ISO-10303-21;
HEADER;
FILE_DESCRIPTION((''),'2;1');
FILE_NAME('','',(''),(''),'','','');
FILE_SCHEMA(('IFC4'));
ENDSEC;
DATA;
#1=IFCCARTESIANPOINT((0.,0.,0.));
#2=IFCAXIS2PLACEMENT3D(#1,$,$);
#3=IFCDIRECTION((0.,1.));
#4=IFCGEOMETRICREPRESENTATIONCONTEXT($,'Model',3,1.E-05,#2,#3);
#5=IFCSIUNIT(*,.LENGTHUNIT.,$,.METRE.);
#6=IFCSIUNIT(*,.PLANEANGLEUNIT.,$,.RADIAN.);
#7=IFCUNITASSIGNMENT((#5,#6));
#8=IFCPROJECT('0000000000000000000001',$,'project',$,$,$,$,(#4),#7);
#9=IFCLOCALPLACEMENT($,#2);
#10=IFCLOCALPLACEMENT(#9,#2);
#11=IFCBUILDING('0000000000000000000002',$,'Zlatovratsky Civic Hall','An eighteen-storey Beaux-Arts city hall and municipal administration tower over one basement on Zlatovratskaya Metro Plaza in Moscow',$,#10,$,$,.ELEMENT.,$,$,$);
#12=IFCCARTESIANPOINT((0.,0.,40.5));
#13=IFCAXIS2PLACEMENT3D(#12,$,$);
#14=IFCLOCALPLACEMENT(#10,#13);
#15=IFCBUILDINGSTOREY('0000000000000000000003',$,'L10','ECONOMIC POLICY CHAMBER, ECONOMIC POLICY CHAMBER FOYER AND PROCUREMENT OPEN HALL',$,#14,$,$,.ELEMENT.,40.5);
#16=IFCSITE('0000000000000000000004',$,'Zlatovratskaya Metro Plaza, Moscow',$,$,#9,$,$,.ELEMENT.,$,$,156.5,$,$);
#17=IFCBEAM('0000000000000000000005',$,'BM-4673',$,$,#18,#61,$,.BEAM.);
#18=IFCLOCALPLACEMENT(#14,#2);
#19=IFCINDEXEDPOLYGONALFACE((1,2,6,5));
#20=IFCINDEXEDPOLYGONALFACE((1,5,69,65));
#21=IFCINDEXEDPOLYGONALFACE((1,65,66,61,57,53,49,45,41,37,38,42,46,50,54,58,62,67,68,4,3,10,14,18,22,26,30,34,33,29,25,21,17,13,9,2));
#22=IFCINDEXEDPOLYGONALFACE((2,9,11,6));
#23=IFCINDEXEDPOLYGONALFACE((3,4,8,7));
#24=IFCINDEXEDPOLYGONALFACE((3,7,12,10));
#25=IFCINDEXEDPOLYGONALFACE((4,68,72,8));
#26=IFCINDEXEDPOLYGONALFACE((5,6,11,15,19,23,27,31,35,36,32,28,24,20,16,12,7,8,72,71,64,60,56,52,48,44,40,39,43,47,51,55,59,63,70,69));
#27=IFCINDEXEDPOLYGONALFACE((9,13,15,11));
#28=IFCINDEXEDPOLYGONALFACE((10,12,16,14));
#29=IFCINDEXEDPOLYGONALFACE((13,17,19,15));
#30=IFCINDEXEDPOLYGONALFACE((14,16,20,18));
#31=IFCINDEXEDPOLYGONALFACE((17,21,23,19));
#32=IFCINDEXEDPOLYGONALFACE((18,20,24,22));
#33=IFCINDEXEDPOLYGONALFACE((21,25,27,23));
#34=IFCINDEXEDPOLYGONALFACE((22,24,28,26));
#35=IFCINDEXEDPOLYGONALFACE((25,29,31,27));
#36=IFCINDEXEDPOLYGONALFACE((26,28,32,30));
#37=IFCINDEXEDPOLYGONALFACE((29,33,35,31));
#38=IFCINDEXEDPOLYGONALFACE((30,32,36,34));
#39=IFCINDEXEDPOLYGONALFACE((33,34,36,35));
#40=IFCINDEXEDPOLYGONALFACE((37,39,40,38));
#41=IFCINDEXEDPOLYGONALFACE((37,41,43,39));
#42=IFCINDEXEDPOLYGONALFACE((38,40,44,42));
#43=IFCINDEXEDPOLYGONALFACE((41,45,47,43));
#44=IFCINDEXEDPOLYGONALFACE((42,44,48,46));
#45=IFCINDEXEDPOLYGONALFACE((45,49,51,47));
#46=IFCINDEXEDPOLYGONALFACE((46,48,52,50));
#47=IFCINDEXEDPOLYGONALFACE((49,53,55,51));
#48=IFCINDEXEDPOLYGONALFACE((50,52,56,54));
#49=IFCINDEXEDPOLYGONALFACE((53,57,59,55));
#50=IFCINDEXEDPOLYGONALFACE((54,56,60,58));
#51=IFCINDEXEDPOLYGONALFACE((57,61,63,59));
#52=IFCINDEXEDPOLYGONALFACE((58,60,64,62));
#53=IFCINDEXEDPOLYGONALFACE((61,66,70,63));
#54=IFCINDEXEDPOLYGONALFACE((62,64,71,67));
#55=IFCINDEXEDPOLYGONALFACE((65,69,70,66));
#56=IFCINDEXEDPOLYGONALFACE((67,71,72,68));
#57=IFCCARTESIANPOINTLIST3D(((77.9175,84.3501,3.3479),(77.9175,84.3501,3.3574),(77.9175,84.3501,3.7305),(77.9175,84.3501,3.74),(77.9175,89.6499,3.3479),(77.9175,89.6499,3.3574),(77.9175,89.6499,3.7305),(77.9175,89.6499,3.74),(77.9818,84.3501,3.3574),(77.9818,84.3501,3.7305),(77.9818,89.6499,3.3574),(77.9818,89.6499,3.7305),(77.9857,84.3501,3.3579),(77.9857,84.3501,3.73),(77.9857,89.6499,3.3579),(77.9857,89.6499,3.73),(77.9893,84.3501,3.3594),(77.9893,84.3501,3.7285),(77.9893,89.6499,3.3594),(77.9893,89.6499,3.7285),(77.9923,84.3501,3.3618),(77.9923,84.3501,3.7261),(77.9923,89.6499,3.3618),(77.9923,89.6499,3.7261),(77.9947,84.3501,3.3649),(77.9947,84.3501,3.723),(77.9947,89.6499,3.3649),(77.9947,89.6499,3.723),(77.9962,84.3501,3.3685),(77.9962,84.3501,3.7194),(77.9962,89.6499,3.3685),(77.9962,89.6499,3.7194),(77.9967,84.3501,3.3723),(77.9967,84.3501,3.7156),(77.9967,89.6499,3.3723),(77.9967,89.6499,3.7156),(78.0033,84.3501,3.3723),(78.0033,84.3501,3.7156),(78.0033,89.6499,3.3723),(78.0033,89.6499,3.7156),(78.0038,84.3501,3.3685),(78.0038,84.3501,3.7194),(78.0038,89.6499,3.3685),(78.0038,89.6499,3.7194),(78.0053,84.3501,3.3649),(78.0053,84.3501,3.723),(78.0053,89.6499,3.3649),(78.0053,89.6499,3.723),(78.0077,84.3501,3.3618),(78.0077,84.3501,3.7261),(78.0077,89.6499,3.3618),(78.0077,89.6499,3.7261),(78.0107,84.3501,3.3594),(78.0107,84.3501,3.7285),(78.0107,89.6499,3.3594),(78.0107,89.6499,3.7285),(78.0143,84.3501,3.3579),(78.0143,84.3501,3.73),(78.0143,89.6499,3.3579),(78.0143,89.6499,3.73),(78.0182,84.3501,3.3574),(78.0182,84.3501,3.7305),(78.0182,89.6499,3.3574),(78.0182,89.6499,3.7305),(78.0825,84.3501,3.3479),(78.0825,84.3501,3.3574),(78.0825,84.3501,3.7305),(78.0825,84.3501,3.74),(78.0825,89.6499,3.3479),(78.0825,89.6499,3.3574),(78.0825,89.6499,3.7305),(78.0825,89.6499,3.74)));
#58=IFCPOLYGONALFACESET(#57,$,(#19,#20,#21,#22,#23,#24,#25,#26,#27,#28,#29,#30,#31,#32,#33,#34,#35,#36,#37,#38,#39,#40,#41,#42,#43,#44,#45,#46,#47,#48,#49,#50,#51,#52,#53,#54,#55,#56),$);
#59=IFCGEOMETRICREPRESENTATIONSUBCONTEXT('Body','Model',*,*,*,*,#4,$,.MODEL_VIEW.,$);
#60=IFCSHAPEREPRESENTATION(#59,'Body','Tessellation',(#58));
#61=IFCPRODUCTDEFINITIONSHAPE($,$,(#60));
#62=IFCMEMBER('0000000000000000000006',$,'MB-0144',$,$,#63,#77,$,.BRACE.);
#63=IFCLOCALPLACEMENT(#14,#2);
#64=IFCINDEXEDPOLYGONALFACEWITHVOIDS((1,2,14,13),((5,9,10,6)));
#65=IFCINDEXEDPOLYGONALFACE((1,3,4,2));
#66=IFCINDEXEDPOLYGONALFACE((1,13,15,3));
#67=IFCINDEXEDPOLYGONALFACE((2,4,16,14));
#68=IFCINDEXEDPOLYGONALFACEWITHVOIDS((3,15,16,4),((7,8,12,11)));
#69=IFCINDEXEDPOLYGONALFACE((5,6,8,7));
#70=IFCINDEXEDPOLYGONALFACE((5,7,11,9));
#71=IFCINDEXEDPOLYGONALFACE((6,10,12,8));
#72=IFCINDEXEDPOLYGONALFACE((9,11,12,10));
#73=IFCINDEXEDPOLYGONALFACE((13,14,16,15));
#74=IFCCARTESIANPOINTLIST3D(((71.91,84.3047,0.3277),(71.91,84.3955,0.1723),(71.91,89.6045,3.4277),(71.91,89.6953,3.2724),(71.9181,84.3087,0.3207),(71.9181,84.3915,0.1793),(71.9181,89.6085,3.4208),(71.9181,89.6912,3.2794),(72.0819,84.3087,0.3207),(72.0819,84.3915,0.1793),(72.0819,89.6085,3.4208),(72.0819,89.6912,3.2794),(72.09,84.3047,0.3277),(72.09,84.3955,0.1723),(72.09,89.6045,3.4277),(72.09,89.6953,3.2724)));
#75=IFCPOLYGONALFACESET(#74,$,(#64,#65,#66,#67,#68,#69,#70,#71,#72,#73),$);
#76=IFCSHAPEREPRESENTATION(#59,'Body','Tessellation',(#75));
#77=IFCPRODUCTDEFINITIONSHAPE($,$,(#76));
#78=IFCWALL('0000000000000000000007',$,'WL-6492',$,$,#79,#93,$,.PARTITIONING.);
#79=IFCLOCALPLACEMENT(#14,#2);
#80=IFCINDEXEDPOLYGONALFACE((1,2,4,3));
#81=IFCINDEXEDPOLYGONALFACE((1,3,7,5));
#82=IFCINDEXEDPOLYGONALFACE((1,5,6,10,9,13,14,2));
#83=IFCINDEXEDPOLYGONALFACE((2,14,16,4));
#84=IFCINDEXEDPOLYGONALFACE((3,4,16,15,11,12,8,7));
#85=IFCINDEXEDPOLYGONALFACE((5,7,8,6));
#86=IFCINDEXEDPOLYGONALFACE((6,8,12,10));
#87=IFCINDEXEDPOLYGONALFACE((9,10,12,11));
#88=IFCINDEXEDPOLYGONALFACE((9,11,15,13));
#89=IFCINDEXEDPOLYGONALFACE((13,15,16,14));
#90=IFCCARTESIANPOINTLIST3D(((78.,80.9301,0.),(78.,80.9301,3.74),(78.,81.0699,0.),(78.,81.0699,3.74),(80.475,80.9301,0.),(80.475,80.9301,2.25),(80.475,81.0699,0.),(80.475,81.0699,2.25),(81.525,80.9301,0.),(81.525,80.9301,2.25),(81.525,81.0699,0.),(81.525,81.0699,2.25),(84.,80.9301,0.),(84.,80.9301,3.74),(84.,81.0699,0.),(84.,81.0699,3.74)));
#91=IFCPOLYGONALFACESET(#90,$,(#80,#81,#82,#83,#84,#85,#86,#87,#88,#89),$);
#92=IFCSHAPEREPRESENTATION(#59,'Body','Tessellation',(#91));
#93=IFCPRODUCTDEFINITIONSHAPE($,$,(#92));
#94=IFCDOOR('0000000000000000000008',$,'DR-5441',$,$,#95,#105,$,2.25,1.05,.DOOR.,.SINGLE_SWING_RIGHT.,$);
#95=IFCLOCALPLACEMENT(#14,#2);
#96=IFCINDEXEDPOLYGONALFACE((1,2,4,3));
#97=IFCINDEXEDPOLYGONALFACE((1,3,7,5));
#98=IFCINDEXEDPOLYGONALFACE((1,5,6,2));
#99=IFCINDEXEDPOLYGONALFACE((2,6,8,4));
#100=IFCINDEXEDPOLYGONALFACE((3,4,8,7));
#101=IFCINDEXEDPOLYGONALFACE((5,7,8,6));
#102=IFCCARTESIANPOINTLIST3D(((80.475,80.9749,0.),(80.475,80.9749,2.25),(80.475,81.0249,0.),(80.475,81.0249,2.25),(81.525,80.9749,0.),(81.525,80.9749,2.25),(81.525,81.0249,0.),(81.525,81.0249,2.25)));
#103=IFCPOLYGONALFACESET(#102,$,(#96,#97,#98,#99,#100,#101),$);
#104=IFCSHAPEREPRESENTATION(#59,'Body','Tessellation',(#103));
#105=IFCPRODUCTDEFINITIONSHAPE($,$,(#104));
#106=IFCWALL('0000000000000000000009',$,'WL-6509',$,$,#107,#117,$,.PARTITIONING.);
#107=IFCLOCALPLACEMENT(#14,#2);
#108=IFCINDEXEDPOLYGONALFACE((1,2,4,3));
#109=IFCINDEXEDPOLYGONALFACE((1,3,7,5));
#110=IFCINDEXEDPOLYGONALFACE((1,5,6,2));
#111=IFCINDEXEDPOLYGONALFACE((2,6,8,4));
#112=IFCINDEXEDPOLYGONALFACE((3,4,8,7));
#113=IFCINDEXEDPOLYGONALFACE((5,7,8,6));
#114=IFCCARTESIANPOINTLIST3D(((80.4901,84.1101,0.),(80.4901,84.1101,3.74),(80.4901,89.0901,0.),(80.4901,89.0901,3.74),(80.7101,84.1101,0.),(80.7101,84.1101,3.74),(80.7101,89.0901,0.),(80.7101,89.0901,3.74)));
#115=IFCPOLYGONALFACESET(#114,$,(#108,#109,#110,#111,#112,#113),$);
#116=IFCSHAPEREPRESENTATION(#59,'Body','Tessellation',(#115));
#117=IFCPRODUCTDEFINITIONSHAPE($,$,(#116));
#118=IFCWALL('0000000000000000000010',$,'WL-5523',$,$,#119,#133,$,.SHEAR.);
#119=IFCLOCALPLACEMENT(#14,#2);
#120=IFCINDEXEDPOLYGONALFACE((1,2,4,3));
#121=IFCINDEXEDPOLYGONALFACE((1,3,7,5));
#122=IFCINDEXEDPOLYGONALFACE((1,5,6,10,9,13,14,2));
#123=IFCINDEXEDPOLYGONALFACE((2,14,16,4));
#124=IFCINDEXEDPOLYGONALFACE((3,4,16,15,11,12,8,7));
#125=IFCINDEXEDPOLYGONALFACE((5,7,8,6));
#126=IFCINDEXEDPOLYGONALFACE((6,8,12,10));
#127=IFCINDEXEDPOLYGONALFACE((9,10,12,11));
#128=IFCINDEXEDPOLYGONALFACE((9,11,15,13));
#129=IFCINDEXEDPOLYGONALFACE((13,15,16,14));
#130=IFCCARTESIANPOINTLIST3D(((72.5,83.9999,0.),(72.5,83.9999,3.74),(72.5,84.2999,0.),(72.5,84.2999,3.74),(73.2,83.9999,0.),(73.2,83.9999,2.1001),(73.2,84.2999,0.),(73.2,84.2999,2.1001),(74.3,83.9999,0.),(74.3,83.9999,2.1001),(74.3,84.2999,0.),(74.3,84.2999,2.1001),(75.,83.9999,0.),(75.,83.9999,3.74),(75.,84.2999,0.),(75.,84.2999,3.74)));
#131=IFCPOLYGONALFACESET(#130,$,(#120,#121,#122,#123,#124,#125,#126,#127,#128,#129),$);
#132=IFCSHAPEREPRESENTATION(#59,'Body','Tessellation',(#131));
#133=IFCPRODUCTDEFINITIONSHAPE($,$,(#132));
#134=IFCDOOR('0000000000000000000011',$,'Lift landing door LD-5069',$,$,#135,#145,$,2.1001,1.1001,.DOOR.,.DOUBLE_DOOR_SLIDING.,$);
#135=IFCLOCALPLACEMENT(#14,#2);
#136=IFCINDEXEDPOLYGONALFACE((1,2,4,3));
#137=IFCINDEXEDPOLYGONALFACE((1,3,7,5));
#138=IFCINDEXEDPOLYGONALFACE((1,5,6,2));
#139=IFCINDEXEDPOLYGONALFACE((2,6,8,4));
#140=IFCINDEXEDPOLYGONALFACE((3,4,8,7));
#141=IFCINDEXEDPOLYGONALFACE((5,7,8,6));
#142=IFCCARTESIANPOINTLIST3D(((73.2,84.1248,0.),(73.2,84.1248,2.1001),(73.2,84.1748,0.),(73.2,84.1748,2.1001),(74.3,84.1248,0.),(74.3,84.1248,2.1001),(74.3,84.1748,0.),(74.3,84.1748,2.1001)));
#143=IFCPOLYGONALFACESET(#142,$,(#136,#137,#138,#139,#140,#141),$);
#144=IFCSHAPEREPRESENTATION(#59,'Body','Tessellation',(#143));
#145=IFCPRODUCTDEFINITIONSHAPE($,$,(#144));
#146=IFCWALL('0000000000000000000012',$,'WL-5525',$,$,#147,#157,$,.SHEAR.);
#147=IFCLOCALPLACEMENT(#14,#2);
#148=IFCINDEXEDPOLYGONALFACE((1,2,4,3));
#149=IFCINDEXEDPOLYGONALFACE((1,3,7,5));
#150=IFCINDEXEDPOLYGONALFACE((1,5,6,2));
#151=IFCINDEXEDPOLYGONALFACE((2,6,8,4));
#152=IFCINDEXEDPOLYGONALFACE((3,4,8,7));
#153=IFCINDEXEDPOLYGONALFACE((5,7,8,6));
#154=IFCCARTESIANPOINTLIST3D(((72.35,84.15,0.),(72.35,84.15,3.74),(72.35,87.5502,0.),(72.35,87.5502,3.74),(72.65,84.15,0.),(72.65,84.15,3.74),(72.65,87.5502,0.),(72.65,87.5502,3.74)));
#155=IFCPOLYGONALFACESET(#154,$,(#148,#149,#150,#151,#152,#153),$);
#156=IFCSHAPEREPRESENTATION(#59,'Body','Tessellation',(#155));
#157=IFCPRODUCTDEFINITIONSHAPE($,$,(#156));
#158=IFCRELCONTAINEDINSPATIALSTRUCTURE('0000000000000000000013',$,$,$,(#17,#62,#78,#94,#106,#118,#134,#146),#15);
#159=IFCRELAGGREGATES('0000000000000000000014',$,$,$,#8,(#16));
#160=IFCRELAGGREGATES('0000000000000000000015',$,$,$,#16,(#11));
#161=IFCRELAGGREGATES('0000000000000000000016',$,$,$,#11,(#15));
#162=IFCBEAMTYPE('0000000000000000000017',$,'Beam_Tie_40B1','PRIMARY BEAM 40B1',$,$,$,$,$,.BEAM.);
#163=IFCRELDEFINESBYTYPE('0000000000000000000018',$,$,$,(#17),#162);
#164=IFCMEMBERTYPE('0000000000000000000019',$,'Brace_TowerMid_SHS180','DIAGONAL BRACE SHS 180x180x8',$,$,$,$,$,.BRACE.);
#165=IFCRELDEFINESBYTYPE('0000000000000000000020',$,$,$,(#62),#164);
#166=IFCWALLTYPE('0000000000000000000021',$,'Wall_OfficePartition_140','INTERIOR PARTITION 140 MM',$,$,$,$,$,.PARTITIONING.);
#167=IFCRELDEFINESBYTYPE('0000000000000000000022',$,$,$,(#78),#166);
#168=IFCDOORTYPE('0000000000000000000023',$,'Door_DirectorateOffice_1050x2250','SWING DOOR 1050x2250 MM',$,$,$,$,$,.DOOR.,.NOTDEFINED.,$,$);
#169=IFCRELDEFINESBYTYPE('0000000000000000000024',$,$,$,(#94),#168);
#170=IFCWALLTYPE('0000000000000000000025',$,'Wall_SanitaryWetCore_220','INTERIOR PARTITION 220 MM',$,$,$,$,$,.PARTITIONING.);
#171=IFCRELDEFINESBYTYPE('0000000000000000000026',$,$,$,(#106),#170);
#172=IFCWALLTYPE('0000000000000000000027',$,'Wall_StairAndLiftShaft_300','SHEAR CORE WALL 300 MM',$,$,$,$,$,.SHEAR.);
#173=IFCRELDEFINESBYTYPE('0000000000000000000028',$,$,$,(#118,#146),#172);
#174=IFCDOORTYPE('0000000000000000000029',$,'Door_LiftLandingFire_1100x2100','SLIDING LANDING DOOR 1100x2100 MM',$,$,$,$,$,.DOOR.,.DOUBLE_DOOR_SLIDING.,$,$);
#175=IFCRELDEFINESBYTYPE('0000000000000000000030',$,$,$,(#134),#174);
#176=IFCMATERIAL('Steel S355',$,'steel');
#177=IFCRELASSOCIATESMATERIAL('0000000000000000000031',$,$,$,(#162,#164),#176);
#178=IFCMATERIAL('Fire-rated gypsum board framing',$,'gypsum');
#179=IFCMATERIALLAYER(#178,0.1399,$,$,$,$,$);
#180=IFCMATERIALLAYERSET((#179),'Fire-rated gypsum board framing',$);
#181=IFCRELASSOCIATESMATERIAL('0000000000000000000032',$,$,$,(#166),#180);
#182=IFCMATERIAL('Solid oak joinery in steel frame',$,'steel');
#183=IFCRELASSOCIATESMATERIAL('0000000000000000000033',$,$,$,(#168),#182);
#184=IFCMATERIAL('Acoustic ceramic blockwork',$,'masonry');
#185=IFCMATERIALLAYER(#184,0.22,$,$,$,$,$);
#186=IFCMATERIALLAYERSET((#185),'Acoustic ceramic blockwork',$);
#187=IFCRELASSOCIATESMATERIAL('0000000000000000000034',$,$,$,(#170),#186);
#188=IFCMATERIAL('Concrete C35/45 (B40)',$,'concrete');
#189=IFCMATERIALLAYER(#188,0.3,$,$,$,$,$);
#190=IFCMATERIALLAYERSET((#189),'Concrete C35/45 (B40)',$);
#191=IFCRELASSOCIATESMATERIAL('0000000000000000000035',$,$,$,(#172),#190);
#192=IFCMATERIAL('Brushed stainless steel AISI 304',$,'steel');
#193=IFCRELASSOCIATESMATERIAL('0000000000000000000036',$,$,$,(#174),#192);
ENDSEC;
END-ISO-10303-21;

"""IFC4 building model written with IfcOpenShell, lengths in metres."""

from ifc_helpers import new_model, si_unit, direction, frame, frame_2d, origin, origin_2d, place, context, subcontext, project, spatial, rectangle, hollow_rectangle, i_section, extrude, material, layer, layer_set, material_profile, profile_set, type_object, element, fill, save


model = new_model("IFC4")

# Units and contexts
model_context = context("Model", 3, precision=1e-05, world=origin(), true_north=direction((0.0, 1.0)))
body_context = subcontext(model_context, "Body", "Model", "MODEL_VIEW")
ifc_project = project(units=[si_unit("LENGTHUNIT", "METRE"), si_unit("PLANEANGLEUNIT", "RADIAN")], contexts=[model_context])

# Site, building, storey
site_placement = place(None, origin())
site = spatial("IfcSite", under=ifc_project, at=site_placement, Name="Zlatovratskaya Metro Plaza, Moscow", CompositionType="ELEMENT", RefElevation=156.5)
building_placement = place(site_placement, origin())
building = spatial("IfcBuilding", under=site, at=building_placement, Name="Zlatovratsky Civic Hall", Description="An eighteen-storey Beaux-Arts city hall and municipal administration tower over one basement on Zlatovratskaya Metro Plaza in Moscow", CompositionType="ELEMENT")
storey_placement = place(building_placement, frame((0.0, 0.0, 40.5)))
storey = spatial("IfcBuildingStorey", under=building, at=storey_placement, Name="L10", Description="ECONOMIC POLICY CHAMBER, ECONOMIC POLICY CHAMBER FOYER AND PROCUREMENT OPEN HALL", CompositionType="ELEMENT", Elevation=40.5)

# Shared definitions
ifc_material_1 = material(Name="Concrete C35/45 (B40)", Category="concrete")
ifc_material_2 = material(Name="Steel S355", Category="steel")

# Beam
ifc_material_profile_1 = material_profile(ifc_material_2, i_section(OverallWidth=0.165, OverallDepth=0.3921, WebThickness=0.0066, FlangeThickness=0.0095, FilletRadius=0.0149, at=origin_2d()), Name="40B1")
ifc_profile_set_1 = profile_set([ifc_material_profile_1], Name="Steel S355")
beam_type = type_object("IfcBeamType", Name="Beam_Tie_40B1", Description="PRIMARY BEAM 40B1", PredefinedType="BEAM", material=ifc_profile_set_1)
beam_1_placement = place(storey_placement, frame((78.0, 84.3501, 3.5439), z_axis=(0.0, 1.0, 0.0), x_axis=(-1.0, 0.0, 0.0)))
element("IfcBeam", 1, at=beam_1_placement, inside=storey, type_object=beam_type, Name="BM-4673", PredefinedType="BEAM", context=body_context, shape_type="SweptSolid", body=[
    extrude(i_section(OverallWidth=0.165, OverallDepth=0.3921, WebThickness=0.0066, FlangeThickness=0.0095, FilletRadius=0.0149, at=origin_2d()), origin(), (0.0, 0.0, 1.0), 5.2998),
])

# Member
ifc_material_profile_2 = material_profile(ifc_material_2, hollow_rectangle(XDim=0.1799, YDim=0.1799, WallThickness=0.0081, at=origin_2d()), Name="SHS 180x180x8")
ifc_profile_set_2 = profile_set([ifc_material_profile_2], Name="Steel S355")
member_type = type_object("IfcMemberType", Name="Brace_TowerMid_SHS180", Description="DIAGONAL BRACE SHS 180x180x8", PredefinedType="BRACE", material=ifc_profile_set_2)
member_placement = place(storey_placement, frame((72.0, 84.3501, 0.25), z_axis=(0.0, 0.863173, 0.504909), x_axis=(-1.0, 0.0, 0.0)))
element("IfcMember", 2, at=member_placement, inside=storey, type_object=member_type, Name="MB-0144", PredefinedType="BRACE", context=body_context, shape_type="SweptSolid", body=[
    extrude(hollow_rectangle(XDim=0.1799, YDim=0.1799, WallThickness=0.0081, at=origin_2d()), origin(), (0.0, 0.0, 1.0), 6.1399),
])

# Wall, opening, door
ifc_material_3 = material(Name="Fire-rated gypsum board framing", Category="gypsum")
ifc_layer_1 = layer(ifc_material_3, 0.1399)
ifc_layer_set_1 = layer_set([ifc_layer_1], Name="Fire-rated gypsum board framing")
wall_type_1 = type_object("IfcWallType", Name="Wall_OfficePartition_140", Description="INTERIOR PARTITION 140 MM", PredefinedType="PARTITIONING", material=ifc_layer_set_1)
wall_1_placement = place(storey_placement, frame((78.0, 81.0, 0.0), z_axis=(0.0, 0.0, 1.0), x_axis=(1.0, 0.0, 0.0)))
wall_1 = element("IfcWall", 3, at=wall_1_placement, inside=storey, type_object=wall_type_1, Name="WL-6492", PredefinedType="PARTITIONING", context=body_context, shape_type="SweptSolid", body=[
    extrude(rectangle(XDim=6.0, YDim=0.1399, at=frame_2d((3.0, 0.0))), origin(), (0.0, 0.0, 1.0), 3.74),
])
opening_1_placement = place(wall_1_placement, frame((2.4751, 0.0, 0.0)))
opening_1 = element("IfcOpeningElement", 4, at=opening_1_placement, cuts=wall_1, PredefinedType="OPENING", context=body_context, shape_type="SweptSolid", body=[
    extrude(rectangle(XDim=1.05, YDim=2.25, at=frame_2d((0.5249, 1.125))), frame((0.0, 0.085, 0.0), z_axis=(0.0, -1.0, 0.0), x_axis=(1.0, 0.0, 0.0)), (0.0, 0.0, 1.0), 0.1697),
])
ifc_material_4 = material(Name="Solid oak joinery in steel frame", Category="steel")
door_type_1 = type_object("IfcDoorType", Name="Door_DirectorateOffice_1050x2250", Description="SWING DOOR 1050x2250 MM", OperationType="NOTDEFINED", PredefinedType="DOOR", material=ifc_material_4)
door_1_placement = place(opening_1_placement, origin())
door_1 = element("IfcDoor", 5, at=door_1_placement, inside=storey, type_object=door_type_1, Name="DR-5441", OperationType="SINGLE_SWING_RIGHT", OverallHeight=2.25, OverallWidth=1.05, PredefinedType="DOOR", context=body_context, shape_type="SweptSolid", body=[
    extrude(rectangle(XDim=1.05, YDim=2.25, at=frame_2d((0.5249, 1.125))), frame((0.0, 0.0249, 0.0), z_axis=(0.0, -1.0, 0.0), x_axis=(1.0, 0.0, 0.0)), (0.0, 0.0, 1.0), 0.05),
])
fill(opening_1, door_1)
ifc_material_5 = material(Name="Acoustic ceramic blockwork", Category="masonry")
ifc_layer_2 = layer(ifc_material_5, 0.22)
ifc_layer_set_2 = layer_set([ifc_layer_2], Name="Acoustic ceramic blockwork")
wall_type_2 = type_object("IfcWallType", Name="Wall_SanitaryWetCore_220", Description="INTERIOR PARTITION 220 MM", PredefinedType="PARTITIONING", material=ifc_layer_set_2)

# Wall
wall_2_placement = place(storey_placement, frame((80.6001, 84.1101, 0.0), z_axis=(0.0, 0.0, 1.0), x_axis=(0.0, 1.0, 0.0)))
element("IfcWall", 6, at=wall_2_placement, inside=storey, type_object=wall_type_2, Name="WL-6509", PredefinedType="PARTITIONING", context=body_context, shape_type="SweptSolid", body=[
    extrude(rectangle(XDim=4.98, YDim=0.22, at=frame_2d((2.49, 0.0))), origin(), (0.0, 0.0, 1.0), 3.74),
])

# Wall, opening, door
ifc_layer_3 = layer(ifc_material_1, 0.3)
ifc_layer_set_3 = layer_set([ifc_layer_3], Name="Concrete C35/45 (B40)")
wall_type_3 = type_object("IfcWallType", Name="Wall_StairAndLiftShaft_300", Description="SHEAR CORE WALL 300 MM", PredefinedType="SHEAR", material=ifc_layer_set_3)
wall_3_placement = place(storey_placement, frame((72.5, 84.1499, 0.0), z_axis=(0.0, 0.0, 1.0), x_axis=(1.0, 0.0, 0.0)))
wall_3 = element("IfcWall", 7, at=wall_3_placement, inside=storey, type_object=wall_type_3, Name="WL-5523", PredefinedType="SHEAR", context=body_context, shape_type="SweptSolid", body=[
    extrude(rectangle(XDim=2.5, YDim=0.3, at=frame_2d((1.25, 0.0))), origin(), (0.0, 0.0, 1.0), 3.74),
])
opening_2_placement = place(wall_3_placement, frame((0.7, 0.0, 0.0)))
opening_2 = element("IfcOpeningElement", 8, at=opening_2_placement, cuts=wall_3, PredefinedType="OPENING", context=body_context, shape_type="SweptSolid", body=[
    extrude(rectangle(XDim=1.1001, YDim=2.1001, at=frame_2d((0.55, 1.05))), frame((0.0, 0.165, 0.0), z_axis=(0.0, -1.0, 0.0), x_axis=(1.0, 0.0, 0.0)), (0.0, 0.0, 1.0), 0.3298),
])
ifc_material_6 = material(Name="Brushed stainless steel AISI 304", Category="steel")
door_type_2 = type_object("IfcDoorType", Name="Door_LiftLandingFire_1100x2100", Description="SLIDING LANDING DOOR 1100x2100 MM", OperationType="DOUBLE_DOOR_SLIDING", PredefinedType="DOOR", material=ifc_material_6)
door_2_placement = place(opening_2_placement, origin())
door_2 = element("IfcDoor", 9, at=door_2_placement, inside=storey, type_object=door_type_2, Name="Lift landing door LD-5069", OperationType="DOUBLE_DOOR_SLIDING", OverallHeight=2.1001, OverallWidth=1.1001, PredefinedType="DOOR", context=body_context, shape_type="SweptSolid", body=[
    extrude(rectangle(XDim=1.1001, YDim=2.1001, at=frame_2d((0.55, 1.05))), frame((0.0, 0.0249, 0.0), z_axis=(0.0, -1.0, 0.0), x_axis=(1.0, 0.0, 0.0)), (0.0, 0.0, 1.0), 0.05),
])
fill(opening_2, door_2)

# Wall
wall_4_placement = place(storey_placement, frame((72.5, 84.1499, 0.0), z_axis=(0.0, 0.0, 1.0), x_axis=(0.0, 1.0, 0.0)))
element("IfcWall", 10, at=wall_4_placement, inside=storey, type_object=wall_type_3, Name="WL-5525", PredefinedType="SHEAR", context=body_context, shape_type="SweptSolid", body=[
    extrude(rectangle(XDim=3.4001, YDim=0.3, at=frame_2d((1.7002, 0.0))), origin(), (0.0, 0.0, 1.0), 3.74),
])

save(model, "model.ifc")
